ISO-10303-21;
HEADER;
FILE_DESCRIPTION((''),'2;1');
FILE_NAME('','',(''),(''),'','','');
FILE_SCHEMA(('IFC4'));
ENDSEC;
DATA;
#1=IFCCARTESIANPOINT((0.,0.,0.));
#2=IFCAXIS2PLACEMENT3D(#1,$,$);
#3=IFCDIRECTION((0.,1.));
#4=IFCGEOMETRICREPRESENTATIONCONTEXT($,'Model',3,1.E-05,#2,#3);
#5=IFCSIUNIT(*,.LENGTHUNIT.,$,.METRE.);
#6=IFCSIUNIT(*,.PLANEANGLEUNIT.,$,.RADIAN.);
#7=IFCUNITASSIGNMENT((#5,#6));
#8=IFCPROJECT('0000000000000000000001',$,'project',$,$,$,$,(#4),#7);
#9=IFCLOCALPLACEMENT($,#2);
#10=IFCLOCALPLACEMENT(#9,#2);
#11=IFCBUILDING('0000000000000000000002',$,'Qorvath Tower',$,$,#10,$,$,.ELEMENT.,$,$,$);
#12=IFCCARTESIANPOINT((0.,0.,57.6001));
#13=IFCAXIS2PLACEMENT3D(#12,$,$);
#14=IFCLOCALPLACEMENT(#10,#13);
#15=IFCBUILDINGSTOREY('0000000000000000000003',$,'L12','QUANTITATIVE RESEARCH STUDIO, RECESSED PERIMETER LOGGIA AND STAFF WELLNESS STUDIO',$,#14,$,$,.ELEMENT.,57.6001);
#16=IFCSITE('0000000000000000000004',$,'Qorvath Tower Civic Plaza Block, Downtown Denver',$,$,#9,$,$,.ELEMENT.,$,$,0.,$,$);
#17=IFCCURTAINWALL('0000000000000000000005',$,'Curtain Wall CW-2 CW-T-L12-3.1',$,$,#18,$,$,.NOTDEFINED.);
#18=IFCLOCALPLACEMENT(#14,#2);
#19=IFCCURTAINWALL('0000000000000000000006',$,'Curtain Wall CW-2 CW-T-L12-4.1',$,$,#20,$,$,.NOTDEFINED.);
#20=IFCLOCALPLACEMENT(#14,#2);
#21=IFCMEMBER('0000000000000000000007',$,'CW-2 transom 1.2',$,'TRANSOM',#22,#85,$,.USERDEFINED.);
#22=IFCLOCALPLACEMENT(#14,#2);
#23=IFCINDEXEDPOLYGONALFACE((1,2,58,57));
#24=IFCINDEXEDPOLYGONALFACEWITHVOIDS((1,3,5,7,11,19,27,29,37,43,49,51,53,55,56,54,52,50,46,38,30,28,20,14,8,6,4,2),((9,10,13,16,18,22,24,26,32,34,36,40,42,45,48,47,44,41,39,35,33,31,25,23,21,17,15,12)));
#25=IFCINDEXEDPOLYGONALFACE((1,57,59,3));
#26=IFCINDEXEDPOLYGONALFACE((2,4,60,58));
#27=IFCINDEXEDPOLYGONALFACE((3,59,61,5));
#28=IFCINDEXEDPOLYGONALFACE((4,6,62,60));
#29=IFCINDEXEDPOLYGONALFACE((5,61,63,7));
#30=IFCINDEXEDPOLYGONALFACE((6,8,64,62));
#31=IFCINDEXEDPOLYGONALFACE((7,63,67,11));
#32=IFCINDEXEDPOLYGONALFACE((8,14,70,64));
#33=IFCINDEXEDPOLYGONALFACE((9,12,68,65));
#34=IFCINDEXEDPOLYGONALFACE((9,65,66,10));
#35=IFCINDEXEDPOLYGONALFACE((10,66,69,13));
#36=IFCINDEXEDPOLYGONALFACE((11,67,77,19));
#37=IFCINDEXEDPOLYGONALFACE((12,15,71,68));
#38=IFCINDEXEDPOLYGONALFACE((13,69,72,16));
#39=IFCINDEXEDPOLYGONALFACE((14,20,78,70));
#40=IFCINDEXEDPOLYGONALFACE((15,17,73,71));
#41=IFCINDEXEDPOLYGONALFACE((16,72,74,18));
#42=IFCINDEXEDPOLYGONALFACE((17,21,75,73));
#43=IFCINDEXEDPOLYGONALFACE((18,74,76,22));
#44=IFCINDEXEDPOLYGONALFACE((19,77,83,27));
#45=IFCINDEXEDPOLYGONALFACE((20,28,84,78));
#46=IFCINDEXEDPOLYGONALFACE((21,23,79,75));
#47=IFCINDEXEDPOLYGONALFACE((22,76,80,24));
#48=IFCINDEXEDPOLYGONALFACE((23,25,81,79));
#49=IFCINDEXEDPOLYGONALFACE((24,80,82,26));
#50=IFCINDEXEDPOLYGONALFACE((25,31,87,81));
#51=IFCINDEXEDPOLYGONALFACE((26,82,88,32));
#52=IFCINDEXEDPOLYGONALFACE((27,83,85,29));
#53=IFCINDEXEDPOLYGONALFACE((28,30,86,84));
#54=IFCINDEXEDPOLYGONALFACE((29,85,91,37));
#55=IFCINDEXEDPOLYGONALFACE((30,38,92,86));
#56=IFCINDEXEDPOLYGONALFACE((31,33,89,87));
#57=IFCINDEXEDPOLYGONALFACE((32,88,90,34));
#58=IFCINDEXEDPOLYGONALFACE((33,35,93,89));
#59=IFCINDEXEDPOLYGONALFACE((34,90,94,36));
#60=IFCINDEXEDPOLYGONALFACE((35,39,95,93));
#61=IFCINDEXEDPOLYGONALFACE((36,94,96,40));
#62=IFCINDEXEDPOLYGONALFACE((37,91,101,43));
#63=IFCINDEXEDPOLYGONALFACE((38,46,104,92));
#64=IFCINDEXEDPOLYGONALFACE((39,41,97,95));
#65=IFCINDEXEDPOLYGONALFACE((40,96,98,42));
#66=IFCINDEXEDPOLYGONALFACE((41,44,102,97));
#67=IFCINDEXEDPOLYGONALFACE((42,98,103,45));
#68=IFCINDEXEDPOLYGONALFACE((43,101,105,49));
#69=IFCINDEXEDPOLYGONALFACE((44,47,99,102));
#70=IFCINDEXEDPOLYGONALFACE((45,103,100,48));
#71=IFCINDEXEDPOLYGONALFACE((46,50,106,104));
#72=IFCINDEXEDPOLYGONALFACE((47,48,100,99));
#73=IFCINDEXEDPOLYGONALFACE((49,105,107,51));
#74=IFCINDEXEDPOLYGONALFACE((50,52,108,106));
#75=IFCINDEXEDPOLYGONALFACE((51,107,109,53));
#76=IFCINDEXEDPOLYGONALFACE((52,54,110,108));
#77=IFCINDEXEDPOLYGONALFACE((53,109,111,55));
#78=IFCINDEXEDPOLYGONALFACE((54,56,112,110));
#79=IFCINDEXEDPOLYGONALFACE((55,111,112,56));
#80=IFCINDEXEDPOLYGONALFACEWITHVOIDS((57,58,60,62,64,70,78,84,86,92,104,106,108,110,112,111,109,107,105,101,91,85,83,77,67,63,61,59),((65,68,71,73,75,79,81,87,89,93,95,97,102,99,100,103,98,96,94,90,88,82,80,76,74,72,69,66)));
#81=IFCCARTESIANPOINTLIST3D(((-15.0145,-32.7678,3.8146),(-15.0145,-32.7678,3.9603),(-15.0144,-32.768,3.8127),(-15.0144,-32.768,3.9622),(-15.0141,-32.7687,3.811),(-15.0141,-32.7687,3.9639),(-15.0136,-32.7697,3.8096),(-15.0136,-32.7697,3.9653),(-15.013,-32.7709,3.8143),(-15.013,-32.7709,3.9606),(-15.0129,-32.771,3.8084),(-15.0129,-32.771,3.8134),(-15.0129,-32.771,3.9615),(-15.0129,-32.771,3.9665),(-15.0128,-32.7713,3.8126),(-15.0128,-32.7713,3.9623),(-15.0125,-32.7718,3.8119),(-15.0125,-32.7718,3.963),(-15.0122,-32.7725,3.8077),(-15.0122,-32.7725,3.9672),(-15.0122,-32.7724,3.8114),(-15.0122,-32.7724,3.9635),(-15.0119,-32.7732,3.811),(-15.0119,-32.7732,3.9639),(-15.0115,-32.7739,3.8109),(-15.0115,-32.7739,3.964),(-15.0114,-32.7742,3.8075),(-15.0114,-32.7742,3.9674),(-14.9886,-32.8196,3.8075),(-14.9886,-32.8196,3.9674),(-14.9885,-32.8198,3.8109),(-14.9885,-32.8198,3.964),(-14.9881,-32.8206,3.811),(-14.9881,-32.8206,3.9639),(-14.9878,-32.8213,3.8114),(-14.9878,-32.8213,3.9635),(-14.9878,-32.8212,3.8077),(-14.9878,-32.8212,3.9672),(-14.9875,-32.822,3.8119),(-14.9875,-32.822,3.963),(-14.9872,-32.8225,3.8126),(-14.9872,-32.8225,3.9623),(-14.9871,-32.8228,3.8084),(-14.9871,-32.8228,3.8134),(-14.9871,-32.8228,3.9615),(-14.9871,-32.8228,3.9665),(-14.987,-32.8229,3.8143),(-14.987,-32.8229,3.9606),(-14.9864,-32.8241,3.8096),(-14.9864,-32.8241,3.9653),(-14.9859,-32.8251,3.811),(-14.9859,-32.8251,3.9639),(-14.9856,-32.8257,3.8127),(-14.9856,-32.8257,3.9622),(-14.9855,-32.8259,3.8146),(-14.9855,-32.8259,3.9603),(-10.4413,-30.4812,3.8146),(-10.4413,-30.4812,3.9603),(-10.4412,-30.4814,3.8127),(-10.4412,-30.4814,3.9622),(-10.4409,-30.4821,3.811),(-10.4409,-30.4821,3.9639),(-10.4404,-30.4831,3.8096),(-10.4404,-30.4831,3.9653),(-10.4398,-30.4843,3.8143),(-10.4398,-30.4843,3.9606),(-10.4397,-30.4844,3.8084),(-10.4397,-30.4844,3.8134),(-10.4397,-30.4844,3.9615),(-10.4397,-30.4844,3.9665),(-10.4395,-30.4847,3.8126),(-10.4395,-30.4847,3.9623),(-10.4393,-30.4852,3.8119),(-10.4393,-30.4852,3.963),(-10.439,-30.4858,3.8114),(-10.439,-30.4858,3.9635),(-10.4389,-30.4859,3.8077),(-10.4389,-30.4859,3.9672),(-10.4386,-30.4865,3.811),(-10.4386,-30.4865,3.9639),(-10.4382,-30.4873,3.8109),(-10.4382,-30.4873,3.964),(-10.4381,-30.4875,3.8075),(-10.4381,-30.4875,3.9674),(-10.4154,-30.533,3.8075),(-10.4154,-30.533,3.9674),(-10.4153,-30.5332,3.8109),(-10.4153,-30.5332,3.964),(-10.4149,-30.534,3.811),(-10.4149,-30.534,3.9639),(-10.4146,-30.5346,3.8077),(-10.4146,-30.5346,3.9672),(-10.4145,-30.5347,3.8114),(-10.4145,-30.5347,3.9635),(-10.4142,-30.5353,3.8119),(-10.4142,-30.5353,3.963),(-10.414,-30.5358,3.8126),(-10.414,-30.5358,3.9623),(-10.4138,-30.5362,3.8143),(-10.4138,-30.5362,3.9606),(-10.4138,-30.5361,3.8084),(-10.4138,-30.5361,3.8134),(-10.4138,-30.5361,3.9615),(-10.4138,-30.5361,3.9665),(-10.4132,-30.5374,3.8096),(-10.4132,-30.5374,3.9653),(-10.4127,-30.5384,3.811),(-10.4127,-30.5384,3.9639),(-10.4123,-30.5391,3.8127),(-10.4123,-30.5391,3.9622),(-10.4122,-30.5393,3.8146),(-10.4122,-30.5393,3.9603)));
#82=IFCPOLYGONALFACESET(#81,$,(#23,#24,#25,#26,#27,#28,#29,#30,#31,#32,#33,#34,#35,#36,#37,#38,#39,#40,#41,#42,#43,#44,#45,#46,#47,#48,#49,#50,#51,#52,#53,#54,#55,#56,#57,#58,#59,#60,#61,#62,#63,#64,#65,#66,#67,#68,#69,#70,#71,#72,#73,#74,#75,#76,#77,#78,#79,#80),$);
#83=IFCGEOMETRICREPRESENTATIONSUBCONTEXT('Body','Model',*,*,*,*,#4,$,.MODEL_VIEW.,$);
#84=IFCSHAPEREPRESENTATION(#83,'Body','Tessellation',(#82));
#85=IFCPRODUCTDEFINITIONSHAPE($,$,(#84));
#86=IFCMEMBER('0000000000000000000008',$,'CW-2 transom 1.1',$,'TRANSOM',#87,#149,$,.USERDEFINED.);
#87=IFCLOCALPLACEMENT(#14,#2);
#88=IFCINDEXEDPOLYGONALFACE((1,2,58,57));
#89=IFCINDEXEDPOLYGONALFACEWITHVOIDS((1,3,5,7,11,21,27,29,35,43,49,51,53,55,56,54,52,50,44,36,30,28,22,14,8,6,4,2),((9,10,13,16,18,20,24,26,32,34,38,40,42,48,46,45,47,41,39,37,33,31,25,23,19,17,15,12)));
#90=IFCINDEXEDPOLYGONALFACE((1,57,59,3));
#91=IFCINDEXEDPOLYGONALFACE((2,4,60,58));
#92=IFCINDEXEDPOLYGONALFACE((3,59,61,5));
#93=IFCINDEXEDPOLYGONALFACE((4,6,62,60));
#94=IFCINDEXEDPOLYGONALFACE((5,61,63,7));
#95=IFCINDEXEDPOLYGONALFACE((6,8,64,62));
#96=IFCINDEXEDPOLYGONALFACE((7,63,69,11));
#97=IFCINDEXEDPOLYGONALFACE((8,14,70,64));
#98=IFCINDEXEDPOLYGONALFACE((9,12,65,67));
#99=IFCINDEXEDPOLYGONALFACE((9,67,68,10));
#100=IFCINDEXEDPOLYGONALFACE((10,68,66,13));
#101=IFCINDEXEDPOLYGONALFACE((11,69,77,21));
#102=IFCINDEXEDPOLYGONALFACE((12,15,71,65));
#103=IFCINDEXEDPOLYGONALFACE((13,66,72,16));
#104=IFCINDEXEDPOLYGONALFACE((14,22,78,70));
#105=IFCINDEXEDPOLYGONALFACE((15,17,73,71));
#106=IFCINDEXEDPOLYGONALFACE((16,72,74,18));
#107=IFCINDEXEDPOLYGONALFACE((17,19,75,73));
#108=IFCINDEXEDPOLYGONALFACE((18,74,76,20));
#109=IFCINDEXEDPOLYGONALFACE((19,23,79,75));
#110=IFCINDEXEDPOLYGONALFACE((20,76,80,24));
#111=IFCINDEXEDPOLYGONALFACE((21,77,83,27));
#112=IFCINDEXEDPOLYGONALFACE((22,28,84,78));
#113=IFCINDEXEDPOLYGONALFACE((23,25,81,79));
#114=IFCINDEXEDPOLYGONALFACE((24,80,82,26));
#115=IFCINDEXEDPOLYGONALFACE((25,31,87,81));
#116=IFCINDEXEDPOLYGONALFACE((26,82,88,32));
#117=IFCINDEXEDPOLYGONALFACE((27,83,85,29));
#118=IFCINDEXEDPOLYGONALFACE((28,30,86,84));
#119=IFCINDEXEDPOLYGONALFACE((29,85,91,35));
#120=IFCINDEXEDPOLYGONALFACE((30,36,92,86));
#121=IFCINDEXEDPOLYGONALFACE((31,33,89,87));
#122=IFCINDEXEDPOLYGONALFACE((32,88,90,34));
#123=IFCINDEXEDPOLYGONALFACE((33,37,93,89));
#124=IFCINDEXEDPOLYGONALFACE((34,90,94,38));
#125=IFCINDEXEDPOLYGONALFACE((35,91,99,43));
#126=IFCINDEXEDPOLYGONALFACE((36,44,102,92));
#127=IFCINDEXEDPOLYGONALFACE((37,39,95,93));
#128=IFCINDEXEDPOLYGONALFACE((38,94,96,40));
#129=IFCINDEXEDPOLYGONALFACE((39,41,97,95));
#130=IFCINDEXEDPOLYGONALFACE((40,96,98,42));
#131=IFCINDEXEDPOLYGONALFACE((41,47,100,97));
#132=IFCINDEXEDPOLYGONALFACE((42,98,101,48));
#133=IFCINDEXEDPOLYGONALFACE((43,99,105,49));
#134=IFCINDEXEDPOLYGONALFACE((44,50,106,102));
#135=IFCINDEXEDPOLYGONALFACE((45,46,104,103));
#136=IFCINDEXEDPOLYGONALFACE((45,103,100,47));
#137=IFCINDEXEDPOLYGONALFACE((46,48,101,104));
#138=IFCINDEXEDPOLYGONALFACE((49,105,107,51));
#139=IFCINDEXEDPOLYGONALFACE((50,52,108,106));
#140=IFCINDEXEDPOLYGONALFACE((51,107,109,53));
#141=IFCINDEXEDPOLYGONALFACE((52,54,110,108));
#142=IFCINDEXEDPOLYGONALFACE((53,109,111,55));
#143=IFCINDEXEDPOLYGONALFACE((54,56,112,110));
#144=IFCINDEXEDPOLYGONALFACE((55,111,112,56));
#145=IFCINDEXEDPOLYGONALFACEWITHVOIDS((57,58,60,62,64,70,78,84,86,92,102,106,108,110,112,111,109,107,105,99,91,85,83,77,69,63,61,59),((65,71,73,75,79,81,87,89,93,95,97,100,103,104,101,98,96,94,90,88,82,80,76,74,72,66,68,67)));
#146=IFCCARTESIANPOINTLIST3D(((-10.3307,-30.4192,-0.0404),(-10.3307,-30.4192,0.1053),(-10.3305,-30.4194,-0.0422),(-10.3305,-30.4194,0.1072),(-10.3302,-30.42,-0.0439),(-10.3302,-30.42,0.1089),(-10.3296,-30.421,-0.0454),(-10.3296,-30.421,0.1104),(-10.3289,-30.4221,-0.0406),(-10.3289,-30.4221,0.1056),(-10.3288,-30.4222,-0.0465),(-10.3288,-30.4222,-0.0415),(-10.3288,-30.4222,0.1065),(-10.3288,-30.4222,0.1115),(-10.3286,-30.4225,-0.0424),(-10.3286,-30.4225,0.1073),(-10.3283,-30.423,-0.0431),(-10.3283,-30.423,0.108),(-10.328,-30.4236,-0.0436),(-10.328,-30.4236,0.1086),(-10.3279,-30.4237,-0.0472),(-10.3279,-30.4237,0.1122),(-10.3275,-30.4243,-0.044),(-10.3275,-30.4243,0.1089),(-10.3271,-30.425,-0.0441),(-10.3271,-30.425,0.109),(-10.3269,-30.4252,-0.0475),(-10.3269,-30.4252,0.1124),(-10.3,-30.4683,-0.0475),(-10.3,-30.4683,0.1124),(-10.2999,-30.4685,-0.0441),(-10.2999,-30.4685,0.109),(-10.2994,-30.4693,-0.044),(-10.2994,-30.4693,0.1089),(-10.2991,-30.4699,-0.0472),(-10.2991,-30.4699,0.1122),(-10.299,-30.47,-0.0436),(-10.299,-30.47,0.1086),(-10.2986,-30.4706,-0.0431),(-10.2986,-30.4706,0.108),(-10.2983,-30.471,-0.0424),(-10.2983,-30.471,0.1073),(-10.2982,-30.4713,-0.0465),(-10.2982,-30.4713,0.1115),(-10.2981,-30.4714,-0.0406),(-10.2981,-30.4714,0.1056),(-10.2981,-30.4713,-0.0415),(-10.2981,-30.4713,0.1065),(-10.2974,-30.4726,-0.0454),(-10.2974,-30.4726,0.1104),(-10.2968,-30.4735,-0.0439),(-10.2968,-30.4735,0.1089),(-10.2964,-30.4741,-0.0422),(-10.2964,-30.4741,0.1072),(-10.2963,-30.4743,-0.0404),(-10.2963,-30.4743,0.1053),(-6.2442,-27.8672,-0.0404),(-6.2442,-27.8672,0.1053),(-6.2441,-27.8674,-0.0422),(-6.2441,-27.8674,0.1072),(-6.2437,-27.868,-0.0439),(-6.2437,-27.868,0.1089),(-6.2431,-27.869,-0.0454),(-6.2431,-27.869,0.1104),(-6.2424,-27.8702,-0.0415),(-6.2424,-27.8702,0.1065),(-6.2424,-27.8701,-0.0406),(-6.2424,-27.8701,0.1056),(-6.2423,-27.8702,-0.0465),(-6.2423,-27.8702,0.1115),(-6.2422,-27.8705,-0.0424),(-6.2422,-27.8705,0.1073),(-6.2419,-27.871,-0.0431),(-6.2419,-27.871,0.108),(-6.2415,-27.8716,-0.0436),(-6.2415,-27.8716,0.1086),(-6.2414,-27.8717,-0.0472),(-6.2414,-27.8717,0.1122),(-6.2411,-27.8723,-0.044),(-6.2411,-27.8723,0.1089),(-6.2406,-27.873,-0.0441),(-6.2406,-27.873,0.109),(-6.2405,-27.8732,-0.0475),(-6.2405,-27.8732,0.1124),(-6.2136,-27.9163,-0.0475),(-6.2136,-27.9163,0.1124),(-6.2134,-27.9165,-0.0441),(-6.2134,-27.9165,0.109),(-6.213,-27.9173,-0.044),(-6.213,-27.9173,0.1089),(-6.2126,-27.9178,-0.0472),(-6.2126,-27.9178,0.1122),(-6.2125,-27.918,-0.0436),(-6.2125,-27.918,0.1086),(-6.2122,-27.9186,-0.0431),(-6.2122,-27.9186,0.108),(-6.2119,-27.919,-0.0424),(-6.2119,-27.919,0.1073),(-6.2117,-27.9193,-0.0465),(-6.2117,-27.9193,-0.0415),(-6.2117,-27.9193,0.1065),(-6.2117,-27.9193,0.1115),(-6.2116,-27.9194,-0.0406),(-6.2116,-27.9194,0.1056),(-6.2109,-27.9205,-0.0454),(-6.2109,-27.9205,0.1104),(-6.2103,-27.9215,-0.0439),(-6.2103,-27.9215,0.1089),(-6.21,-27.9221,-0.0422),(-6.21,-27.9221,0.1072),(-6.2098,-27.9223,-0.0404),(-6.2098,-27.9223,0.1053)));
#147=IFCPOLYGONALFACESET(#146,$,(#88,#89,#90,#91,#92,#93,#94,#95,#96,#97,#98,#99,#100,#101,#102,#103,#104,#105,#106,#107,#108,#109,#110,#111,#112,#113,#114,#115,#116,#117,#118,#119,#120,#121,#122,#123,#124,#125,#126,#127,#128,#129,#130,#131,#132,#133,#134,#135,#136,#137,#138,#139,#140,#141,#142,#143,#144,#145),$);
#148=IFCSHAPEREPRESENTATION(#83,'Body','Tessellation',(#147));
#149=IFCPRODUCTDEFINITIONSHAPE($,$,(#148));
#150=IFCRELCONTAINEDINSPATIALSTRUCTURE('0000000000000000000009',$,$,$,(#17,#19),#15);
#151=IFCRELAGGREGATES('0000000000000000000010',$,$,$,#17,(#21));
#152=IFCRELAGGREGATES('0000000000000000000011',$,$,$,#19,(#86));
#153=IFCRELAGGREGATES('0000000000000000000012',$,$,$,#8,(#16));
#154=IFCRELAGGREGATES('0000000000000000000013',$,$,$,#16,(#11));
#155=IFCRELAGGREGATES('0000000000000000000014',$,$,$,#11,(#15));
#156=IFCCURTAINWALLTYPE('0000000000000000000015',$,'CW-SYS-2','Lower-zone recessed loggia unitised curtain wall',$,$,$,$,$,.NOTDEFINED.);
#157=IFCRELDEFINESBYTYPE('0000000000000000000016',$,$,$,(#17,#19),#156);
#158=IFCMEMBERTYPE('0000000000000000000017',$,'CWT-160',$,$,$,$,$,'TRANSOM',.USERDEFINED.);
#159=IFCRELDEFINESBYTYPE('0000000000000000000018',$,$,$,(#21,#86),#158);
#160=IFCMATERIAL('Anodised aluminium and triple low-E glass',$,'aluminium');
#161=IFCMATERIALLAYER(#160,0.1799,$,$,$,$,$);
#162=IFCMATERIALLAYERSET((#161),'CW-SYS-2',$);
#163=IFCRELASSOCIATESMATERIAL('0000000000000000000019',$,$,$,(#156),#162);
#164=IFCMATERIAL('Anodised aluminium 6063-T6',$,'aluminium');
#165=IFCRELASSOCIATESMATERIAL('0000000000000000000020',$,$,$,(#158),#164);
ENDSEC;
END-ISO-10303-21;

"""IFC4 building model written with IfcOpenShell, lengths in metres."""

from ifc_helpers import new_model, si_unit, direction, frame, origin, origin_2d, place, context, subcontext, project, spatial, hollow_rectangle, extrude, material, layer, layer_set, material_profile, profile_set, type_object, element, aggregate, save


model = new_model("IFC4")

# Units and contexts
model_context = context("Model", 3, precision=1e-05, world=origin(), true_north=direction((0.0, 1.0)))
body_context = subcontext(model_context, "Body", "Model", "MODEL_VIEW")
ifc_project = project(units=[si_unit("LENGTHUNIT", "METRE"), si_unit("PLANEANGLEUNIT", "RADIAN")], contexts=[model_context])

# Site, building, storey
site_placement = place(None, origin())
site = spatial("IfcSite", under=ifc_project, at=site_placement, Name="Qorvath Tower Civic Plaza Block, Downtown Denver", CompositionType="ELEMENT", RefElevation=0.0)
building_placement = place(site_placement, origin())
building = spatial("IfcBuilding", under=site, at=building_placement, Name="Qorvath Tower", CompositionType="ELEMENT")
storey_placement = place(building_placement, frame((0.0, 0.0, 57.6001)))
storey = spatial("IfcBuildingStorey", under=building, at=storey_placement, Name="L12", Description="QUANTITATIVE RESEARCH STUDIO, RECESSED PERIMETER LOGGIA AND STAFF WELLNESS STUDIO", CompositionType="ELEMENT", Elevation=57.6001)

# Shared definitions
ifc_material_1 = material(Name="Anodised aluminium and triple low-E glass", Category="aluminium")
ifc_layer_1 = layer(ifc_material_1, 0.1799)
ifc_layer_set_1 = layer_set([ifc_layer_1], Name="CW-SYS-2")
curtain_wall_type = type_object("IfcCurtainWallType", Name="CW-SYS-2", Description="Lower-zone recessed loggia unitised curtain wall", PredefinedType="NOTDEFINED", material=ifc_layer_set_1)

# Curtain walls
curtain_wall_1_placement = place(storey_placement, origin())
curtain_wall_1 = element("IfcCurtainWall", 1, at=curtain_wall_1_placement, inside=storey, type_object=curtain_wall_type, Name="Curtain Wall CW-2 CW-T-L12-3.1", PredefinedType="NOTDEFINED")
curtain_wall_2_placement = place(storey_placement, origin())
curtain_wall_2 = element("IfcCurtainWall", 2, at=curtain_wall_2_placement, inside=storey, type_object=curtain_wall_type, Name="Curtain Wall CW-2 CW-T-L12-4.1", PredefinedType="NOTDEFINED")

# Members
ifc_material_2 = material(Name="Anodised aluminium 6063-T6", Category="aluminium")
ifc_material_profile_1 = material_profile(ifc_material_2, hollow_rectangle(XDim=0.0649, YDim=0.1599, WallThickness=0.0034, InnerFilletRadius=0.0034, OuterFilletRadius=0.0071, at=origin_2d()), Name="CWT 160x65")
ifc_profile_set_1 = profile_set([ifc_material_profile_1], Name="Anodised aluminium 6063-T6")
member_type_1 = type_object("IfcMemberType", Name="CWT-160", ElementType="TRANSOM", PredefinedType="USERDEFINED", material=ifc_profile_set_1)
member_1_placement = place(storey_placement, frame((-15.0, -32.7969, 3.8875), z_axis=(0.894427, 0.447214, 0.0), x_axis=(-0.447214, 0.894427, 0.0)))
member_1 = element("IfcMember", 3, at=member_1_placement, type_object=member_type_1, Name="CW-2 transom 1.2", ObjectType="TRANSOM", PredefinedType="USERDEFINED", context=body_context, shape_type="SweptSolid", body=[
    extrude(hollow_rectangle(XDim=0.0649, YDim=0.1599, WallThickness=0.0034, InnerFilletRadius=0.0034, OuterFilletRadius=0.0071, at=origin_2d()), origin(), (0.0, 0.0, 1.0), 5.113),
])
member_2_placement = place(storey_placement, frame((-10.3135, -30.4468, 0.0325), z_axis=(0.848186, 0.529698, 0.0), x_axis=(-0.529698, 0.848186, 0.0)))
member_2 = element("IfcMember", 4, at=member_2_placement, type_object=member_type_1, Name="CW-2 transom 1.1", ObjectType="TRANSOM", PredefinedType="USERDEFINED", context=body_context, shape_type="SweptSolid", body=[
    extrude(hollow_rectangle(XDim=0.0649, YDim=0.1599, WallThickness=0.0034, InnerFilletRadius=0.0034, OuterFilletRadius=0.0071, at=origin_2d()), origin(), (0.0, 0.0, 1.0), 4.8179),
])

aggregate(curtain_wall_1, [member_1])
aggregate(curtain_wall_2, [member_2])

save(model, "model.ifc")
